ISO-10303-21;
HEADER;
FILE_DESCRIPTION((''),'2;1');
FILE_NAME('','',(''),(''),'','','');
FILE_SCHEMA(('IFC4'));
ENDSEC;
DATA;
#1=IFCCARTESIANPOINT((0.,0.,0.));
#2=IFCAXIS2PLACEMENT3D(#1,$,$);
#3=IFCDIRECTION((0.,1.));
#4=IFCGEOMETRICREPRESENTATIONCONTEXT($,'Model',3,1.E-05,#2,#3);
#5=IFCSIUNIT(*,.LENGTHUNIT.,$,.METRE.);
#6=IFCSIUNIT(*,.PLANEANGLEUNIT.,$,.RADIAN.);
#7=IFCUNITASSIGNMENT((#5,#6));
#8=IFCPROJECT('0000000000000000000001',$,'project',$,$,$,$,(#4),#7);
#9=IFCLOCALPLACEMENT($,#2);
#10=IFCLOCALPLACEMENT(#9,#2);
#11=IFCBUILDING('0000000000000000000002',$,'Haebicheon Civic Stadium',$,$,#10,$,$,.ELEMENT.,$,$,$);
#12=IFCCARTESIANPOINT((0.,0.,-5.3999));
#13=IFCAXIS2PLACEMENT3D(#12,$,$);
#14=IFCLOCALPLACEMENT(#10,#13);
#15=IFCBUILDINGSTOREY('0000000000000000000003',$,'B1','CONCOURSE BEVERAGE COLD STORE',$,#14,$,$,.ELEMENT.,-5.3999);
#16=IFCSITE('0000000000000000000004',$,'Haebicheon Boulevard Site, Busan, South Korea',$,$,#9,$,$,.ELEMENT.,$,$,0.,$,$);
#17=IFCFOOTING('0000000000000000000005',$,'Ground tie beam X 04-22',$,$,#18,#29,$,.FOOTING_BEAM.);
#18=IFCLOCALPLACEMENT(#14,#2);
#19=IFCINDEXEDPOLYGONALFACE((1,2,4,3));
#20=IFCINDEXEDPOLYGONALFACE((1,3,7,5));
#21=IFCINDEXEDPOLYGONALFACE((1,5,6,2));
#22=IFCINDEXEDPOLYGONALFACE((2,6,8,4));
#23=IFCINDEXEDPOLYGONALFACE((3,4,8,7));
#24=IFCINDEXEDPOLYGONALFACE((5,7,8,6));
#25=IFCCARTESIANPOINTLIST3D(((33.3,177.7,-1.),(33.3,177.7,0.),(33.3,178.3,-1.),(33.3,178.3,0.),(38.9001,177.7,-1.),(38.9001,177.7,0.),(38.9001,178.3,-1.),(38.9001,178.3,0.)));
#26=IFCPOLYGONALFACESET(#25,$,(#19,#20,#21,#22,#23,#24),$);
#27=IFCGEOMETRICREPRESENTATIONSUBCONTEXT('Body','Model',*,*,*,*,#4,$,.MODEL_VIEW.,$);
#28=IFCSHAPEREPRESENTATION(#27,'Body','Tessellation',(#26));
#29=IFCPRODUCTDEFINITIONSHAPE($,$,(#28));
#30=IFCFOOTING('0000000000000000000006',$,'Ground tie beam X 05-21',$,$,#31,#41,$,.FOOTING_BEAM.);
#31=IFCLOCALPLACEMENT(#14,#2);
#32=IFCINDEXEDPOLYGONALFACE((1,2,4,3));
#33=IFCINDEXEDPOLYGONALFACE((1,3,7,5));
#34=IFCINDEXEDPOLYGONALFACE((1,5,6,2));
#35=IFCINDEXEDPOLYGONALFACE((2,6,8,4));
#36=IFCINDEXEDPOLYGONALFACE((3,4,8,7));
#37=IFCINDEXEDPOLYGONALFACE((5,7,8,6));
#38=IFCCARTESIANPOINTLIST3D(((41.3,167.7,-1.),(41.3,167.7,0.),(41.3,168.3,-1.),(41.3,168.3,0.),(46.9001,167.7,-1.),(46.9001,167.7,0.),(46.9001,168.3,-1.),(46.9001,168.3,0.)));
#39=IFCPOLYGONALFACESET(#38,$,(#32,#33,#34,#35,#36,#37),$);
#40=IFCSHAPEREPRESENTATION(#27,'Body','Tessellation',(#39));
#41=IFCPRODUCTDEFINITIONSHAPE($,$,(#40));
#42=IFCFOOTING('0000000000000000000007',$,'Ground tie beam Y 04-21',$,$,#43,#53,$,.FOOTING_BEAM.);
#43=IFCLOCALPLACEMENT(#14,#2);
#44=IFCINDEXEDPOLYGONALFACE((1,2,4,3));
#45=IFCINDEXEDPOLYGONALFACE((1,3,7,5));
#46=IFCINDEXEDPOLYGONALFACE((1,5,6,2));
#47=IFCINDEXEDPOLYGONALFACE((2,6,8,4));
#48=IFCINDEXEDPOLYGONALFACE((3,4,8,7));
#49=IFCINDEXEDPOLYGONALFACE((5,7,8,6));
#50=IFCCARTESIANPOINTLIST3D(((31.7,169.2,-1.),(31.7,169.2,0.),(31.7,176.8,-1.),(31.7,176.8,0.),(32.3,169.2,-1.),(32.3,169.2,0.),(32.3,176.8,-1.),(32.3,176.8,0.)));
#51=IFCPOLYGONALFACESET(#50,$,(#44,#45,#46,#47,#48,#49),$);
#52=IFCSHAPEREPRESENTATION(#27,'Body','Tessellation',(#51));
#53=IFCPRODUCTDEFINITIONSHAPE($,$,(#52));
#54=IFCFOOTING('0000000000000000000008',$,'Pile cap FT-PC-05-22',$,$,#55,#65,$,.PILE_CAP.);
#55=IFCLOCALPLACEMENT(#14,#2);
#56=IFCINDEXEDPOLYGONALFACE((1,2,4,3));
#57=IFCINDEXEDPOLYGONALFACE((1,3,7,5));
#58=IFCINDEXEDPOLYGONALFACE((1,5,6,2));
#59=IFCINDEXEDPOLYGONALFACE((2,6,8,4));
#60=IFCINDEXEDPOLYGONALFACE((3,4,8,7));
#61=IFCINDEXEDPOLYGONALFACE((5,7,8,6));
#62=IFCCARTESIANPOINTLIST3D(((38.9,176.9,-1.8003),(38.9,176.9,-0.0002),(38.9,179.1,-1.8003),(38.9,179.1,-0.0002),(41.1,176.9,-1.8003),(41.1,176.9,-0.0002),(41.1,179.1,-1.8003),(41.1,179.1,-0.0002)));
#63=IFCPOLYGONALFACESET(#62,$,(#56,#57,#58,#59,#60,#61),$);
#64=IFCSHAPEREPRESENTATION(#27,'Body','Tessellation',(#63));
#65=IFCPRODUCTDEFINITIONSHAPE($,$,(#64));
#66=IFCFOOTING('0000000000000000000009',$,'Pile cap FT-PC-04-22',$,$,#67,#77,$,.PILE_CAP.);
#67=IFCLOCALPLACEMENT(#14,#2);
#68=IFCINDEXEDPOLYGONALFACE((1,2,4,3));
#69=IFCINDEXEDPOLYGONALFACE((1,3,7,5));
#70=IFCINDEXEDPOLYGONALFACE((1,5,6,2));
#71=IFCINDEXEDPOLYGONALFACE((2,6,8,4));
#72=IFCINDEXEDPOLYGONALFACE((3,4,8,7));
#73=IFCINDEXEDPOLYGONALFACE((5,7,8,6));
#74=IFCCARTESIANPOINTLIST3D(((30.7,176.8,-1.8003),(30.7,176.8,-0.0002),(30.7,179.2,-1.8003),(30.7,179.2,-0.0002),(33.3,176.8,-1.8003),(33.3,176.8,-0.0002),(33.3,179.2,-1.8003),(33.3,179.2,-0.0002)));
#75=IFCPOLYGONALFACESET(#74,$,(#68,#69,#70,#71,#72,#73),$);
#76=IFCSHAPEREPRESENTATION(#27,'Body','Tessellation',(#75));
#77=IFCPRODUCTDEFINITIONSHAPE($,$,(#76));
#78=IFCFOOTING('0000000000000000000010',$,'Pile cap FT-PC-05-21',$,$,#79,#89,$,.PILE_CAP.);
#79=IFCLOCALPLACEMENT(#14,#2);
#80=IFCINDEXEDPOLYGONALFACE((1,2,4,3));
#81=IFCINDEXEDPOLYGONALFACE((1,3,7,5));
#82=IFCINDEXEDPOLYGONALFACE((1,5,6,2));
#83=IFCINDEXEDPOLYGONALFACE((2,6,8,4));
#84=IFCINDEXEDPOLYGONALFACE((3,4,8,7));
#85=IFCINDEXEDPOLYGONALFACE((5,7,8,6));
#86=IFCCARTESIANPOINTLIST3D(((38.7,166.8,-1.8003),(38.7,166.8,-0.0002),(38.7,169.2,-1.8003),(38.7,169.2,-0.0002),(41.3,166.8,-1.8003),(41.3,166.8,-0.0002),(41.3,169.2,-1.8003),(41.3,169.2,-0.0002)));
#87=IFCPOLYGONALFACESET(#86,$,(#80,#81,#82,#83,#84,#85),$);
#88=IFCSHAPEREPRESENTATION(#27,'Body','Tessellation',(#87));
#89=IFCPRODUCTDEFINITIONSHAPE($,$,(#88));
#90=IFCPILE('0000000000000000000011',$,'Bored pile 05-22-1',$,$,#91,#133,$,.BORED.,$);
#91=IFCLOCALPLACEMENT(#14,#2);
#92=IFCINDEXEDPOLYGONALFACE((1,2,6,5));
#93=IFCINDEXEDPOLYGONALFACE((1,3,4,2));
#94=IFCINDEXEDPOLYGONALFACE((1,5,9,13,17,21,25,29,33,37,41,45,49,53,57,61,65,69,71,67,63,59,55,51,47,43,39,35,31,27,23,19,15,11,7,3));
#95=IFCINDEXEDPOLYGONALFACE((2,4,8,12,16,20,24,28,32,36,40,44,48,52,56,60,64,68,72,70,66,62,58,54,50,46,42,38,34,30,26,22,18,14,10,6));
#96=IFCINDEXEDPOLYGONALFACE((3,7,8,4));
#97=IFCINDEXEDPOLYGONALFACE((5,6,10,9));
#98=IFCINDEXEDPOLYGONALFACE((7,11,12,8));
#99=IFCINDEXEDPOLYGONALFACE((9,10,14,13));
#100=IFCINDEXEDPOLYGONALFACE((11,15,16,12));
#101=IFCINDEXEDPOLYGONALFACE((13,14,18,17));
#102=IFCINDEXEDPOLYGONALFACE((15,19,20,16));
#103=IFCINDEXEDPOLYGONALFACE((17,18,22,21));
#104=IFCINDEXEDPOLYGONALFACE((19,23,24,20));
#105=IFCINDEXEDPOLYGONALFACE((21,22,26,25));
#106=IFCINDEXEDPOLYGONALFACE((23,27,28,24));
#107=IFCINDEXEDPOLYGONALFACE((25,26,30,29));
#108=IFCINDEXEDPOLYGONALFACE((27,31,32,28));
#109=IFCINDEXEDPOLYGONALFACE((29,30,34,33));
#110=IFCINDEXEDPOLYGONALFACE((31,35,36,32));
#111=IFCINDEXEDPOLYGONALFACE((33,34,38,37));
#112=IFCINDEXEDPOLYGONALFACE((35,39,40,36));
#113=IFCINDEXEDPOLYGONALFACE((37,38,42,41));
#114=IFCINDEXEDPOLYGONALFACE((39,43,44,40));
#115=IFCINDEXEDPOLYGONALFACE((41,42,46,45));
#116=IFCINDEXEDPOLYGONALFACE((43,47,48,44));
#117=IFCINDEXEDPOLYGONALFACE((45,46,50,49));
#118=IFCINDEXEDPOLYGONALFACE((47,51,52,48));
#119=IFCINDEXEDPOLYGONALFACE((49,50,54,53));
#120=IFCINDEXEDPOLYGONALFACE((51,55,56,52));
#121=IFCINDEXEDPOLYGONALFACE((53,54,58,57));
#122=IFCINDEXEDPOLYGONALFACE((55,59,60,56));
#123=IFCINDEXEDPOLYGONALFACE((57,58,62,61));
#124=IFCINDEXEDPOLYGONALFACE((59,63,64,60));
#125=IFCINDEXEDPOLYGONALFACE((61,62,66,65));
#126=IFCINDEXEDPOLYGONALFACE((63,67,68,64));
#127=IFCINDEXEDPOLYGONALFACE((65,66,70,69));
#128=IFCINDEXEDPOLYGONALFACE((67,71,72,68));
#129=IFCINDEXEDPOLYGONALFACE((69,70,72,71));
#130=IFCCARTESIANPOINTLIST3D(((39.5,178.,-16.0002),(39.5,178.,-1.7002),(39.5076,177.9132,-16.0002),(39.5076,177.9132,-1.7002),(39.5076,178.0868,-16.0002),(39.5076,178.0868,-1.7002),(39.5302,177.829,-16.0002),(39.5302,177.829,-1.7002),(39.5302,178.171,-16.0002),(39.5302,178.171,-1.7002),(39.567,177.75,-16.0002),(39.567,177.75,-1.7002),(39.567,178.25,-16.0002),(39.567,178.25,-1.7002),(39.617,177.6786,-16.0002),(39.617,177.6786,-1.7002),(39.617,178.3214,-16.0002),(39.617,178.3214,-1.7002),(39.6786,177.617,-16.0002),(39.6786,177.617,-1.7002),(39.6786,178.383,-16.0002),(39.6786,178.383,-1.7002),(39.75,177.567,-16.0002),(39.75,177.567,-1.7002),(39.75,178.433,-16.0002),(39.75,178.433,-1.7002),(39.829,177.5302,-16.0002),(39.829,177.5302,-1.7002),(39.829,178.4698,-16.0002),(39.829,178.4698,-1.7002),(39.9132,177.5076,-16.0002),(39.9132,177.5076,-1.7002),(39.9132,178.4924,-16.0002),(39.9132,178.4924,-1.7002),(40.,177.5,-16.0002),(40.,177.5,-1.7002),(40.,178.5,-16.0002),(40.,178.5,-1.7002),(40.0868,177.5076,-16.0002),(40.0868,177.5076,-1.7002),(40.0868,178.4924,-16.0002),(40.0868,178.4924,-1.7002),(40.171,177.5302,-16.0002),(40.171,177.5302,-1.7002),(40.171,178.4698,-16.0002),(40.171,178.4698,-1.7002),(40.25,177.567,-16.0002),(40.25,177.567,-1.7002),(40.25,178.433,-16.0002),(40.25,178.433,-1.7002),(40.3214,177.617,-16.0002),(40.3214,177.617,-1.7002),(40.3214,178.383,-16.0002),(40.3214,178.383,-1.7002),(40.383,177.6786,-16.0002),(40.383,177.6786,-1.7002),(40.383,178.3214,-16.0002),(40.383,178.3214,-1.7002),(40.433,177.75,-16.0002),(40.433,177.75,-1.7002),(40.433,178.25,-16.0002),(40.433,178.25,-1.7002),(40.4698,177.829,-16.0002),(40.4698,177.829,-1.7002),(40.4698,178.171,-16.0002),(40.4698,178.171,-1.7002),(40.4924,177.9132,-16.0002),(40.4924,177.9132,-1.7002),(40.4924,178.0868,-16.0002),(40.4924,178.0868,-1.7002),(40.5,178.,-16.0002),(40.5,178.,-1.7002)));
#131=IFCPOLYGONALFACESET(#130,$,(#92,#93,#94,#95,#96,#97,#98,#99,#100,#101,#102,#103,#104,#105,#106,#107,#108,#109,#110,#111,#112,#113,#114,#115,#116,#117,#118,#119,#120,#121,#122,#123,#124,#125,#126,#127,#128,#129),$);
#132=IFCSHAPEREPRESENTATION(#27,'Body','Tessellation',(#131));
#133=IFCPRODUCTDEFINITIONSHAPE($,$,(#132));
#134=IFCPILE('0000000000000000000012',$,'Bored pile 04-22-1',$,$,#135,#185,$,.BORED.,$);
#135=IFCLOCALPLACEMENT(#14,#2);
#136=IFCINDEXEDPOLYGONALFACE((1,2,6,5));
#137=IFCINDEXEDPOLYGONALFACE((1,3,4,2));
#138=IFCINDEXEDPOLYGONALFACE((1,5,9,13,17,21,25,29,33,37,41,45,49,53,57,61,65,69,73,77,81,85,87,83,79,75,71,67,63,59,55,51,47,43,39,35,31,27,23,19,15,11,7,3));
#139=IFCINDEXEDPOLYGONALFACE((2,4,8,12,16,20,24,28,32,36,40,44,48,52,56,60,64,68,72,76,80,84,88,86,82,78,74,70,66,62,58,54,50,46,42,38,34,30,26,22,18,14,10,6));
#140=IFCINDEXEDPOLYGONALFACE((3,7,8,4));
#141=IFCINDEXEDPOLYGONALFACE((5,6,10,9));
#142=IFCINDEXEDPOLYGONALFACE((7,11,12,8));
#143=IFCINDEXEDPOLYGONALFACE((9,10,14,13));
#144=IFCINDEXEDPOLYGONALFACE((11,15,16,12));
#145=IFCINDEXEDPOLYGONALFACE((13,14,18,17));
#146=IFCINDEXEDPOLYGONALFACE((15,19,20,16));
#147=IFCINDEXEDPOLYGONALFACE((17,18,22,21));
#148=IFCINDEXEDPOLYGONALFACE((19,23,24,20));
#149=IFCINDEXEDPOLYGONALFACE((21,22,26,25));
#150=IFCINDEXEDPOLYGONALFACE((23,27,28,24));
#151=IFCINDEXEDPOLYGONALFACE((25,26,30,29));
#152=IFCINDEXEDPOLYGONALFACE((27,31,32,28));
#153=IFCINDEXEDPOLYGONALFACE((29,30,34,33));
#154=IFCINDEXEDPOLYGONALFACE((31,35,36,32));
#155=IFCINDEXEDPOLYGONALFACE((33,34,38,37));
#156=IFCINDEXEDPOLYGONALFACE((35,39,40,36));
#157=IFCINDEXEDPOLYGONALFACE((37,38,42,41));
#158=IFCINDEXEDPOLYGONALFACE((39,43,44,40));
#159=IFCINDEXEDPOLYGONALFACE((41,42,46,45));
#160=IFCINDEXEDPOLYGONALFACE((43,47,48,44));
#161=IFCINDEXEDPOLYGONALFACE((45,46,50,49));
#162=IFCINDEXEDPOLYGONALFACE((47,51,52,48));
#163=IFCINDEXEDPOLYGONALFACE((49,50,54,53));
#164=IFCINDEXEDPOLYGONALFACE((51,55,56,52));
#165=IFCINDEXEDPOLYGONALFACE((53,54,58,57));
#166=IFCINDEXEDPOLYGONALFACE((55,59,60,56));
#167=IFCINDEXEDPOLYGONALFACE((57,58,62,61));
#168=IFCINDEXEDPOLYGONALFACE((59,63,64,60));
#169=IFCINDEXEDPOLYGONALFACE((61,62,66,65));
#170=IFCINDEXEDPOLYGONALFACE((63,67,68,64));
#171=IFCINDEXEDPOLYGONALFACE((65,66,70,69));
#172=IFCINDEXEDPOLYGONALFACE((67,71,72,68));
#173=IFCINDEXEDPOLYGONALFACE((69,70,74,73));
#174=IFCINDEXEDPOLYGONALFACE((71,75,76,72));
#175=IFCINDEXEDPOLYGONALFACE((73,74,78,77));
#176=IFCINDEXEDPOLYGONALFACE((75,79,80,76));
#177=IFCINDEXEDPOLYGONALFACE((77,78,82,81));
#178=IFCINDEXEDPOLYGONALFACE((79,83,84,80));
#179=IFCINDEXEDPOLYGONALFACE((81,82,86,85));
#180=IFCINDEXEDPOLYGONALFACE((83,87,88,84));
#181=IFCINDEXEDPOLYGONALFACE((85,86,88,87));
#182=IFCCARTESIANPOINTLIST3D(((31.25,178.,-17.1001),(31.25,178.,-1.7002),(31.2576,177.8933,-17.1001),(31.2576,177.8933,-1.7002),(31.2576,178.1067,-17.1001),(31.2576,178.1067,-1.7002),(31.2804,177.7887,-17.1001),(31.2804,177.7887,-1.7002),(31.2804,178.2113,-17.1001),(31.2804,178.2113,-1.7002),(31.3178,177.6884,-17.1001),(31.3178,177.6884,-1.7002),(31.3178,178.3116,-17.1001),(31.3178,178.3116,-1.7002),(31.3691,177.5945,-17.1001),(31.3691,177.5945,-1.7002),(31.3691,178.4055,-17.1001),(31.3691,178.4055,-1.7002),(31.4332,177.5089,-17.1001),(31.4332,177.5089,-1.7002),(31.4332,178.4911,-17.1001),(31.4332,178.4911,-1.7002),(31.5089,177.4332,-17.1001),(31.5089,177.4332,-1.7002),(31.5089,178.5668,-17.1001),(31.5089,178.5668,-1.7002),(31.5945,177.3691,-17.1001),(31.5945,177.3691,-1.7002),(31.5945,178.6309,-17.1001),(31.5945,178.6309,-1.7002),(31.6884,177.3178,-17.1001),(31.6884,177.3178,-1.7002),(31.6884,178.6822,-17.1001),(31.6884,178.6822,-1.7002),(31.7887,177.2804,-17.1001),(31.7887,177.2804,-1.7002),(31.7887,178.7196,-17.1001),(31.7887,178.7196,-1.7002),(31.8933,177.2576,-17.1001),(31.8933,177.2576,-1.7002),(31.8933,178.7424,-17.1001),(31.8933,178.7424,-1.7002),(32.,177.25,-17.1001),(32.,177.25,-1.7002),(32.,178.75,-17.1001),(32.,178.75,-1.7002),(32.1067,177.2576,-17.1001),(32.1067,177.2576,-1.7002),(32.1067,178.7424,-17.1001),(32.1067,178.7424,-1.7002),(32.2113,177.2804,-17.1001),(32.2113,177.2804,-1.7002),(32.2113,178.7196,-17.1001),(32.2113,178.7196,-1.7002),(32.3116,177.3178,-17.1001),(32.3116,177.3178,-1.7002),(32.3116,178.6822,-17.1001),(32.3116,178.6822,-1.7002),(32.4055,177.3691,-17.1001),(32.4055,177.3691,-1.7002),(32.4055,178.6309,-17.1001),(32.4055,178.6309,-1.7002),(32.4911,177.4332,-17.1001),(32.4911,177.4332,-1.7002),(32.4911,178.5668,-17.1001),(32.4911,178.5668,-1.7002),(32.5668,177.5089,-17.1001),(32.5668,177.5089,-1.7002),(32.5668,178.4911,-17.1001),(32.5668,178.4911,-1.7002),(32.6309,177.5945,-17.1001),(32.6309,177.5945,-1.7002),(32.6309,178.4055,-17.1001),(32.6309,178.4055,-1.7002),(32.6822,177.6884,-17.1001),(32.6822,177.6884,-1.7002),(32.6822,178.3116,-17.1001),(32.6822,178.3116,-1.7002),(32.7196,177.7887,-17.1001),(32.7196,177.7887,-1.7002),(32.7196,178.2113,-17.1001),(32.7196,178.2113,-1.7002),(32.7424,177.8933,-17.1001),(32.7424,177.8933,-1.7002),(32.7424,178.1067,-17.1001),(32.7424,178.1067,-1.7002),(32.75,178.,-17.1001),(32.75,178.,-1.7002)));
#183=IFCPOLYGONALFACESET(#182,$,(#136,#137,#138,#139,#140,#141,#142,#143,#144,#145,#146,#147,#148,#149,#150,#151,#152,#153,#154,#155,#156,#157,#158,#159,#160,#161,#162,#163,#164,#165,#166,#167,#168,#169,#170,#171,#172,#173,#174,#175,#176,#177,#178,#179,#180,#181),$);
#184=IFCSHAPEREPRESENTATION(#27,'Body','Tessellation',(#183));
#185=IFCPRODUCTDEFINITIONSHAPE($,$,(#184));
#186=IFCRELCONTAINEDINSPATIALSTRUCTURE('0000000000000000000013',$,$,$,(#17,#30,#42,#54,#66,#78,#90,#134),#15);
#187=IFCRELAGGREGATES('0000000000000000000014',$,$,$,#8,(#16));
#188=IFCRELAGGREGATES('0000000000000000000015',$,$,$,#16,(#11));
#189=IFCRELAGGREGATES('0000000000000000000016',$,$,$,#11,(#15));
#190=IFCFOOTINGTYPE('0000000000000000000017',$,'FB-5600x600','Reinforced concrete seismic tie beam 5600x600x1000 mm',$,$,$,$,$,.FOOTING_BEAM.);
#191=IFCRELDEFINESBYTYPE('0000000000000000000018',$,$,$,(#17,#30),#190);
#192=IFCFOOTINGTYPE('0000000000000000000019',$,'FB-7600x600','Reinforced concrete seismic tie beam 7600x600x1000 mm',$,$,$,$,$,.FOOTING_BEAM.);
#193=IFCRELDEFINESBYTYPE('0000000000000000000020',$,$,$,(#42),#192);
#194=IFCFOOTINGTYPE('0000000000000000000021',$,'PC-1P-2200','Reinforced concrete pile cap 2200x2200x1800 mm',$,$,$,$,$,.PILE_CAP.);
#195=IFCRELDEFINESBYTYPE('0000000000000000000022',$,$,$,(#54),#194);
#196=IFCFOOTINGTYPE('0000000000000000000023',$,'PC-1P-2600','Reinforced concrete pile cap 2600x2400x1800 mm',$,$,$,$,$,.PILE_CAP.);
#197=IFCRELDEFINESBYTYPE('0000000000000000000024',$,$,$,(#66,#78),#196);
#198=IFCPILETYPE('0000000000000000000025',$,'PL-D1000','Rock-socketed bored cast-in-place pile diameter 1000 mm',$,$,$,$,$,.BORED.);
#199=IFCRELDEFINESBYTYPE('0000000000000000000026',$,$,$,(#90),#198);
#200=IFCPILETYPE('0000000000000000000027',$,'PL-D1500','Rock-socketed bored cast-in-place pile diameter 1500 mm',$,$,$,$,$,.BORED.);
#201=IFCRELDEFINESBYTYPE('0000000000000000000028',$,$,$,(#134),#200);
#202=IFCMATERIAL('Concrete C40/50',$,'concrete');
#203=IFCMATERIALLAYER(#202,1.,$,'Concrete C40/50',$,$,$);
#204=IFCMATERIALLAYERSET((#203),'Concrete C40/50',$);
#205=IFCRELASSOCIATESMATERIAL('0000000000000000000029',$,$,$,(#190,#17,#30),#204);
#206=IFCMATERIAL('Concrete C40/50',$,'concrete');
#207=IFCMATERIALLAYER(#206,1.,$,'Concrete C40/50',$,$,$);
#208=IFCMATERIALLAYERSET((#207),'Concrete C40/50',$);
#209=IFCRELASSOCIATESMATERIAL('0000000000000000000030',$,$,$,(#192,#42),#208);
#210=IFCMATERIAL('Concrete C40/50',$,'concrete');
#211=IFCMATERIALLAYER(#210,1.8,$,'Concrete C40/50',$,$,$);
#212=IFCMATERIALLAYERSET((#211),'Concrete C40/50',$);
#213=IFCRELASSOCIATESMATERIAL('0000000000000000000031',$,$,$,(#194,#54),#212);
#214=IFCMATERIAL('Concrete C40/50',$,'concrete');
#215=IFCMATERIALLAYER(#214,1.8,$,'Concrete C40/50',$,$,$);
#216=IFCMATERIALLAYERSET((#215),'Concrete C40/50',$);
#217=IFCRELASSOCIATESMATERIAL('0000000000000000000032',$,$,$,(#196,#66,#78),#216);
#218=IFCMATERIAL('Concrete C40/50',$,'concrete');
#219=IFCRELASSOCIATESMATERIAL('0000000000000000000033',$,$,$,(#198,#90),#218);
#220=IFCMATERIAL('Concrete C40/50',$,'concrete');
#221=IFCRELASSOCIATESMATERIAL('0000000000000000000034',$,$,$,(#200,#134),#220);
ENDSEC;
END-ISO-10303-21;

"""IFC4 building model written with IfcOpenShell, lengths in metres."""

from ifc_helpers import new_model, si_unit, direction, frame, origin, origin_2d, place, context, subcontext, project, spatial, rectangle, circle, extrude, material, layer, layer_set, material_profile, profile_set, type_object, element, save


model = new_model("IFC4")

# Units and contexts
model_context = context("Model", 3, precision=1e-05, world=origin(), true_north=direction((0.0, 1.0)))
body_context = subcontext(model_context, "Body", "Model", "MODEL_VIEW")
ifc_project = project(units=[si_unit("LENGTHUNIT", "METRE"), si_unit("PLANEANGLEUNIT", "RADIAN")], contexts=[model_context])

# Site, building, storey
site_placement = place(None, origin())
site = spatial("IfcSite", under=ifc_project, at=site_placement, Name="Haebicheon Boulevard Site, Busan, South Korea", CompositionType="ELEMENT", RefElevation=0.0)
building_placement = place(site_placement, origin())
building = spatial("IfcBuilding", under=site, at=building_placement, Name="Haebicheon Civic Stadium", CompositionType="ELEMENT")
storey_placement = place(building_placement, frame((0.0, 0.0, -5.3999)))
storey = spatial("IfcBuildingStorey", under=building, at=storey_placement, Name="B1", Description="CONCOURSE BEVERAGE COLD STORE", CompositionType="ELEMENT", Elevation=-5.3999)

# Footings
ifc_material_1 = material(Name="Concrete C40/50", Category="concrete")
ifc_layer_1 = layer(ifc_material_1, 1.0, Name="Concrete C40/50")
ifc_layer_set_1 = layer_set([ifc_layer_1], Name="Concrete C40/50")
footing_type_1 = type_object("IfcFootingType", Name="FB-5600x600", Description="Reinforced concrete seismic tie beam 5600x600x1000 mm", PredefinedType="FOOTING_BEAM", material=ifc_layer_set_1)
for number, where, z_axis, x_axis, name in (
    (1, (36.1001, 178.0, -1.0), (0.0, 0.0, 1.0), (1.0, 0.0, 0.0), "Ground tie beam X 04-22"),
    (2, (44.1001, 168.0, -1.0), (0.0, 0.0, 1.0), (1.0, 0.0, 0.0), "Ground tie beam X 05-21"),
):
    element("IfcFooting", number, at=place(storey_placement, frame(where, z_axis=z_axis, x_axis=x_axis)), inside=storey, type_object=footing_type_1, material=ifc_layer_set_1, Name=name, PredefinedType="FOOTING_BEAM", context=body_context, shape_type="SweptSolid", body=[
        extrude(rectangle(XDim=5.6001, YDim=0.6001, at=origin_2d()), origin(), (0.0, 0.0, 1.0), 1.0),
    ])
ifc_material_2 = material(Name="Concrete C40/50", Category="concrete")
ifc_layer_2 = layer(ifc_material_2, 1.0, Name="Concrete C40/50")
ifc_layer_set_2 = layer_set([ifc_layer_2], Name="Concrete C40/50")
footing_type_2 = type_object("IfcFootingType", Name="FB-7600x600", Description="Reinforced concrete seismic tie beam 7600x600x1000 mm", PredefinedType="FOOTING_BEAM", material=ifc_layer_set_2)
footing_1_placement = place(storey_placement, frame((32.0, 173.0, -1.0), z_axis=(0.0, 0.0, 1.0), x_axis=(0.0, 1.0, 0.0)))
element("IfcFooting", 3, at=footing_1_placement, inside=storey, type_object=footing_type_2, material=ifc_layer_set_2, Name="Ground tie beam Y 04-21", PredefinedType="FOOTING_BEAM", context=body_context, shape_type="SweptSolid", body=[
    extrude(rectangle(XDim=7.6001, YDim=0.6001, at=origin_2d()), origin(), (0.0, 0.0, 1.0), 1.0),
])
ifc_material_3 = material(Name="Concrete C40/50", Category="concrete")
ifc_layer_3 = layer(ifc_material_3, 1.8, Name="Concrete C40/50")
ifc_layer_set_3 = layer_set([ifc_layer_3], Name="Concrete C40/50")
footing_type_3 = type_object("IfcFootingType", Name="PC-1P-2200", Description="Reinforced concrete pile cap 2200x2200x1800 mm", PredefinedType="PILE_CAP", material=ifc_layer_set_3)
footing_2_placement = place(storey_placement, frame((40.0, 178.0, -1.8003), z_axis=(0.0, 0.0, 1.0), x_axis=(1.0, 0.0, 0.0)))
element("IfcFooting", 4, at=footing_2_placement, inside=storey, type_object=footing_type_3, material=ifc_layer_set_3, Name="Pile cap FT-PC-05-22", PredefinedType="PILE_CAP", context=body_context, shape_type="SweptSolid", body=[
    extrude(rectangle(XDim=2.2, YDim=2.2, at=origin_2d()), origin(), (0.0, 0.0, 1.0), 1.8),
])
ifc_material_4 = material(Name="Concrete C40/50", Category="concrete")
ifc_layer_4 = layer(ifc_material_4, 1.8, Name="Concrete C40/50")
ifc_layer_set_4 = layer_set([ifc_layer_4], Name="Concrete C40/50")
footing_type_4 = type_object("IfcFootingType", Name="PC-1P-2600", Description="Reinforced concrete pile cap 2600x2400x1800 mm", PredefinedType="PILE_CAP", material=ifc_layer_set_4)
for number, where, z_axis, x_axis, name in (
    (5, (32.0, 178.0, -1.8003), (0.0, 0.0, 1.0), (1.0, 0.0, 0.0), "Pile cap FT-PC-04-22"),
    (6, (40.0, 168.0, -1.8003), (0.0, 0.0, 1.0), (1.0, 0.0, 0.0), "Pile cap FT-PC-05-21"),
):
    element("IfcFooting", number, at=place(storey_placement, frame(where, z_axis=z_axis, x_axis=x_axis)), inside=storey, type_object=footing_type_4, material=ifc_layer_set_4, Name=name, PredefinedType="PILE_CAP", context=body_context, shape_type="SweptSolid", body=[
        extrude(rectangle(XDim=2.6001, YDim=2.3999, at=origin_2d()), origin(), (0.0, 0.0, 1.0), 1.8),
    ])

# Piles
ifc_material_5 = material(Name="Concrete C40/50", Category="concrete")
ifc_material_profile_1 = material_profile(ifc_material_5, circle(Radius=0.5, at=origin_2d()), Name="PILE-D1000")
ifc_profile_set_1 = profile_set([ifc_material_profile_1], Name="Concrete C40/50")
pile_type_1 = type_object("IfcPileType", Name="PL-D1000", Description="Rock-socketed bored cast-in-place pile diameter 1000 mm", PredefinedType="BORED", material=ifc_profile_set_1)
pile_placement = place(storey_placement, frame((40.0, 178.0, -1.7002), z_axis=(0.0, 0.0, -1.0), x_axis=(1.0, 0.0, 0.0)))
element("IfcPile", 7, at=pile_placement, inside=storey, type_object=pile_type_1, material=ifc_profile_set_1, Name="Bored pile 05-22-1", PredefinedType="BORED", context=body_context, shape_type="SweptSolid", body=[
    extrude(circle(Radius=0.5, at=origin_2d()), origin(), (0.0, 0.0, 1.0), 14.3),
])
ifc_material_6 = material(Name="Concrete C40/50", Category="concrete")
ifc_material_profile_2 = material_profile(ifc_material_6, circle(Radius=0.75, at=origin_2d()), Name="PILE-D1500")
ifc_profile_set_2 = profile_set([ifc_material_profile_2], Name="Concrete C40/50")
pile_type_2 = type_object("IfcPileType", Name="PL-D1500", Description="Rock-socketed bored cast-in-place pile diameter 1500 mm", PredefinedType="BORED", material=ifc_profile_set_2)
for number, where, z_axis, x_axis, name in (
    (8, (32.0, 178.0, -1.7002), (0.0, 0.0, -1.0), (1.0, 0.0, 0.0), "Bored pile 04-22-1"),
):
    element("IfcPile", number, at=place(storey_placement, frame(where, z_axis=z_axis, x_axis=x_axis)), inside=storey, type_object=pile_type_2, material=ifc_profile_set_2, Name=name, PredefinedType="BORED", context=body_context, shape_type="SweptSolid", body=[
        extrude(circle(Radius=0.75, at=origin_2d()), origin(), (0.0, 0.0, 1.0), 15.3999),
    ])

save(model, "model.ifc")
